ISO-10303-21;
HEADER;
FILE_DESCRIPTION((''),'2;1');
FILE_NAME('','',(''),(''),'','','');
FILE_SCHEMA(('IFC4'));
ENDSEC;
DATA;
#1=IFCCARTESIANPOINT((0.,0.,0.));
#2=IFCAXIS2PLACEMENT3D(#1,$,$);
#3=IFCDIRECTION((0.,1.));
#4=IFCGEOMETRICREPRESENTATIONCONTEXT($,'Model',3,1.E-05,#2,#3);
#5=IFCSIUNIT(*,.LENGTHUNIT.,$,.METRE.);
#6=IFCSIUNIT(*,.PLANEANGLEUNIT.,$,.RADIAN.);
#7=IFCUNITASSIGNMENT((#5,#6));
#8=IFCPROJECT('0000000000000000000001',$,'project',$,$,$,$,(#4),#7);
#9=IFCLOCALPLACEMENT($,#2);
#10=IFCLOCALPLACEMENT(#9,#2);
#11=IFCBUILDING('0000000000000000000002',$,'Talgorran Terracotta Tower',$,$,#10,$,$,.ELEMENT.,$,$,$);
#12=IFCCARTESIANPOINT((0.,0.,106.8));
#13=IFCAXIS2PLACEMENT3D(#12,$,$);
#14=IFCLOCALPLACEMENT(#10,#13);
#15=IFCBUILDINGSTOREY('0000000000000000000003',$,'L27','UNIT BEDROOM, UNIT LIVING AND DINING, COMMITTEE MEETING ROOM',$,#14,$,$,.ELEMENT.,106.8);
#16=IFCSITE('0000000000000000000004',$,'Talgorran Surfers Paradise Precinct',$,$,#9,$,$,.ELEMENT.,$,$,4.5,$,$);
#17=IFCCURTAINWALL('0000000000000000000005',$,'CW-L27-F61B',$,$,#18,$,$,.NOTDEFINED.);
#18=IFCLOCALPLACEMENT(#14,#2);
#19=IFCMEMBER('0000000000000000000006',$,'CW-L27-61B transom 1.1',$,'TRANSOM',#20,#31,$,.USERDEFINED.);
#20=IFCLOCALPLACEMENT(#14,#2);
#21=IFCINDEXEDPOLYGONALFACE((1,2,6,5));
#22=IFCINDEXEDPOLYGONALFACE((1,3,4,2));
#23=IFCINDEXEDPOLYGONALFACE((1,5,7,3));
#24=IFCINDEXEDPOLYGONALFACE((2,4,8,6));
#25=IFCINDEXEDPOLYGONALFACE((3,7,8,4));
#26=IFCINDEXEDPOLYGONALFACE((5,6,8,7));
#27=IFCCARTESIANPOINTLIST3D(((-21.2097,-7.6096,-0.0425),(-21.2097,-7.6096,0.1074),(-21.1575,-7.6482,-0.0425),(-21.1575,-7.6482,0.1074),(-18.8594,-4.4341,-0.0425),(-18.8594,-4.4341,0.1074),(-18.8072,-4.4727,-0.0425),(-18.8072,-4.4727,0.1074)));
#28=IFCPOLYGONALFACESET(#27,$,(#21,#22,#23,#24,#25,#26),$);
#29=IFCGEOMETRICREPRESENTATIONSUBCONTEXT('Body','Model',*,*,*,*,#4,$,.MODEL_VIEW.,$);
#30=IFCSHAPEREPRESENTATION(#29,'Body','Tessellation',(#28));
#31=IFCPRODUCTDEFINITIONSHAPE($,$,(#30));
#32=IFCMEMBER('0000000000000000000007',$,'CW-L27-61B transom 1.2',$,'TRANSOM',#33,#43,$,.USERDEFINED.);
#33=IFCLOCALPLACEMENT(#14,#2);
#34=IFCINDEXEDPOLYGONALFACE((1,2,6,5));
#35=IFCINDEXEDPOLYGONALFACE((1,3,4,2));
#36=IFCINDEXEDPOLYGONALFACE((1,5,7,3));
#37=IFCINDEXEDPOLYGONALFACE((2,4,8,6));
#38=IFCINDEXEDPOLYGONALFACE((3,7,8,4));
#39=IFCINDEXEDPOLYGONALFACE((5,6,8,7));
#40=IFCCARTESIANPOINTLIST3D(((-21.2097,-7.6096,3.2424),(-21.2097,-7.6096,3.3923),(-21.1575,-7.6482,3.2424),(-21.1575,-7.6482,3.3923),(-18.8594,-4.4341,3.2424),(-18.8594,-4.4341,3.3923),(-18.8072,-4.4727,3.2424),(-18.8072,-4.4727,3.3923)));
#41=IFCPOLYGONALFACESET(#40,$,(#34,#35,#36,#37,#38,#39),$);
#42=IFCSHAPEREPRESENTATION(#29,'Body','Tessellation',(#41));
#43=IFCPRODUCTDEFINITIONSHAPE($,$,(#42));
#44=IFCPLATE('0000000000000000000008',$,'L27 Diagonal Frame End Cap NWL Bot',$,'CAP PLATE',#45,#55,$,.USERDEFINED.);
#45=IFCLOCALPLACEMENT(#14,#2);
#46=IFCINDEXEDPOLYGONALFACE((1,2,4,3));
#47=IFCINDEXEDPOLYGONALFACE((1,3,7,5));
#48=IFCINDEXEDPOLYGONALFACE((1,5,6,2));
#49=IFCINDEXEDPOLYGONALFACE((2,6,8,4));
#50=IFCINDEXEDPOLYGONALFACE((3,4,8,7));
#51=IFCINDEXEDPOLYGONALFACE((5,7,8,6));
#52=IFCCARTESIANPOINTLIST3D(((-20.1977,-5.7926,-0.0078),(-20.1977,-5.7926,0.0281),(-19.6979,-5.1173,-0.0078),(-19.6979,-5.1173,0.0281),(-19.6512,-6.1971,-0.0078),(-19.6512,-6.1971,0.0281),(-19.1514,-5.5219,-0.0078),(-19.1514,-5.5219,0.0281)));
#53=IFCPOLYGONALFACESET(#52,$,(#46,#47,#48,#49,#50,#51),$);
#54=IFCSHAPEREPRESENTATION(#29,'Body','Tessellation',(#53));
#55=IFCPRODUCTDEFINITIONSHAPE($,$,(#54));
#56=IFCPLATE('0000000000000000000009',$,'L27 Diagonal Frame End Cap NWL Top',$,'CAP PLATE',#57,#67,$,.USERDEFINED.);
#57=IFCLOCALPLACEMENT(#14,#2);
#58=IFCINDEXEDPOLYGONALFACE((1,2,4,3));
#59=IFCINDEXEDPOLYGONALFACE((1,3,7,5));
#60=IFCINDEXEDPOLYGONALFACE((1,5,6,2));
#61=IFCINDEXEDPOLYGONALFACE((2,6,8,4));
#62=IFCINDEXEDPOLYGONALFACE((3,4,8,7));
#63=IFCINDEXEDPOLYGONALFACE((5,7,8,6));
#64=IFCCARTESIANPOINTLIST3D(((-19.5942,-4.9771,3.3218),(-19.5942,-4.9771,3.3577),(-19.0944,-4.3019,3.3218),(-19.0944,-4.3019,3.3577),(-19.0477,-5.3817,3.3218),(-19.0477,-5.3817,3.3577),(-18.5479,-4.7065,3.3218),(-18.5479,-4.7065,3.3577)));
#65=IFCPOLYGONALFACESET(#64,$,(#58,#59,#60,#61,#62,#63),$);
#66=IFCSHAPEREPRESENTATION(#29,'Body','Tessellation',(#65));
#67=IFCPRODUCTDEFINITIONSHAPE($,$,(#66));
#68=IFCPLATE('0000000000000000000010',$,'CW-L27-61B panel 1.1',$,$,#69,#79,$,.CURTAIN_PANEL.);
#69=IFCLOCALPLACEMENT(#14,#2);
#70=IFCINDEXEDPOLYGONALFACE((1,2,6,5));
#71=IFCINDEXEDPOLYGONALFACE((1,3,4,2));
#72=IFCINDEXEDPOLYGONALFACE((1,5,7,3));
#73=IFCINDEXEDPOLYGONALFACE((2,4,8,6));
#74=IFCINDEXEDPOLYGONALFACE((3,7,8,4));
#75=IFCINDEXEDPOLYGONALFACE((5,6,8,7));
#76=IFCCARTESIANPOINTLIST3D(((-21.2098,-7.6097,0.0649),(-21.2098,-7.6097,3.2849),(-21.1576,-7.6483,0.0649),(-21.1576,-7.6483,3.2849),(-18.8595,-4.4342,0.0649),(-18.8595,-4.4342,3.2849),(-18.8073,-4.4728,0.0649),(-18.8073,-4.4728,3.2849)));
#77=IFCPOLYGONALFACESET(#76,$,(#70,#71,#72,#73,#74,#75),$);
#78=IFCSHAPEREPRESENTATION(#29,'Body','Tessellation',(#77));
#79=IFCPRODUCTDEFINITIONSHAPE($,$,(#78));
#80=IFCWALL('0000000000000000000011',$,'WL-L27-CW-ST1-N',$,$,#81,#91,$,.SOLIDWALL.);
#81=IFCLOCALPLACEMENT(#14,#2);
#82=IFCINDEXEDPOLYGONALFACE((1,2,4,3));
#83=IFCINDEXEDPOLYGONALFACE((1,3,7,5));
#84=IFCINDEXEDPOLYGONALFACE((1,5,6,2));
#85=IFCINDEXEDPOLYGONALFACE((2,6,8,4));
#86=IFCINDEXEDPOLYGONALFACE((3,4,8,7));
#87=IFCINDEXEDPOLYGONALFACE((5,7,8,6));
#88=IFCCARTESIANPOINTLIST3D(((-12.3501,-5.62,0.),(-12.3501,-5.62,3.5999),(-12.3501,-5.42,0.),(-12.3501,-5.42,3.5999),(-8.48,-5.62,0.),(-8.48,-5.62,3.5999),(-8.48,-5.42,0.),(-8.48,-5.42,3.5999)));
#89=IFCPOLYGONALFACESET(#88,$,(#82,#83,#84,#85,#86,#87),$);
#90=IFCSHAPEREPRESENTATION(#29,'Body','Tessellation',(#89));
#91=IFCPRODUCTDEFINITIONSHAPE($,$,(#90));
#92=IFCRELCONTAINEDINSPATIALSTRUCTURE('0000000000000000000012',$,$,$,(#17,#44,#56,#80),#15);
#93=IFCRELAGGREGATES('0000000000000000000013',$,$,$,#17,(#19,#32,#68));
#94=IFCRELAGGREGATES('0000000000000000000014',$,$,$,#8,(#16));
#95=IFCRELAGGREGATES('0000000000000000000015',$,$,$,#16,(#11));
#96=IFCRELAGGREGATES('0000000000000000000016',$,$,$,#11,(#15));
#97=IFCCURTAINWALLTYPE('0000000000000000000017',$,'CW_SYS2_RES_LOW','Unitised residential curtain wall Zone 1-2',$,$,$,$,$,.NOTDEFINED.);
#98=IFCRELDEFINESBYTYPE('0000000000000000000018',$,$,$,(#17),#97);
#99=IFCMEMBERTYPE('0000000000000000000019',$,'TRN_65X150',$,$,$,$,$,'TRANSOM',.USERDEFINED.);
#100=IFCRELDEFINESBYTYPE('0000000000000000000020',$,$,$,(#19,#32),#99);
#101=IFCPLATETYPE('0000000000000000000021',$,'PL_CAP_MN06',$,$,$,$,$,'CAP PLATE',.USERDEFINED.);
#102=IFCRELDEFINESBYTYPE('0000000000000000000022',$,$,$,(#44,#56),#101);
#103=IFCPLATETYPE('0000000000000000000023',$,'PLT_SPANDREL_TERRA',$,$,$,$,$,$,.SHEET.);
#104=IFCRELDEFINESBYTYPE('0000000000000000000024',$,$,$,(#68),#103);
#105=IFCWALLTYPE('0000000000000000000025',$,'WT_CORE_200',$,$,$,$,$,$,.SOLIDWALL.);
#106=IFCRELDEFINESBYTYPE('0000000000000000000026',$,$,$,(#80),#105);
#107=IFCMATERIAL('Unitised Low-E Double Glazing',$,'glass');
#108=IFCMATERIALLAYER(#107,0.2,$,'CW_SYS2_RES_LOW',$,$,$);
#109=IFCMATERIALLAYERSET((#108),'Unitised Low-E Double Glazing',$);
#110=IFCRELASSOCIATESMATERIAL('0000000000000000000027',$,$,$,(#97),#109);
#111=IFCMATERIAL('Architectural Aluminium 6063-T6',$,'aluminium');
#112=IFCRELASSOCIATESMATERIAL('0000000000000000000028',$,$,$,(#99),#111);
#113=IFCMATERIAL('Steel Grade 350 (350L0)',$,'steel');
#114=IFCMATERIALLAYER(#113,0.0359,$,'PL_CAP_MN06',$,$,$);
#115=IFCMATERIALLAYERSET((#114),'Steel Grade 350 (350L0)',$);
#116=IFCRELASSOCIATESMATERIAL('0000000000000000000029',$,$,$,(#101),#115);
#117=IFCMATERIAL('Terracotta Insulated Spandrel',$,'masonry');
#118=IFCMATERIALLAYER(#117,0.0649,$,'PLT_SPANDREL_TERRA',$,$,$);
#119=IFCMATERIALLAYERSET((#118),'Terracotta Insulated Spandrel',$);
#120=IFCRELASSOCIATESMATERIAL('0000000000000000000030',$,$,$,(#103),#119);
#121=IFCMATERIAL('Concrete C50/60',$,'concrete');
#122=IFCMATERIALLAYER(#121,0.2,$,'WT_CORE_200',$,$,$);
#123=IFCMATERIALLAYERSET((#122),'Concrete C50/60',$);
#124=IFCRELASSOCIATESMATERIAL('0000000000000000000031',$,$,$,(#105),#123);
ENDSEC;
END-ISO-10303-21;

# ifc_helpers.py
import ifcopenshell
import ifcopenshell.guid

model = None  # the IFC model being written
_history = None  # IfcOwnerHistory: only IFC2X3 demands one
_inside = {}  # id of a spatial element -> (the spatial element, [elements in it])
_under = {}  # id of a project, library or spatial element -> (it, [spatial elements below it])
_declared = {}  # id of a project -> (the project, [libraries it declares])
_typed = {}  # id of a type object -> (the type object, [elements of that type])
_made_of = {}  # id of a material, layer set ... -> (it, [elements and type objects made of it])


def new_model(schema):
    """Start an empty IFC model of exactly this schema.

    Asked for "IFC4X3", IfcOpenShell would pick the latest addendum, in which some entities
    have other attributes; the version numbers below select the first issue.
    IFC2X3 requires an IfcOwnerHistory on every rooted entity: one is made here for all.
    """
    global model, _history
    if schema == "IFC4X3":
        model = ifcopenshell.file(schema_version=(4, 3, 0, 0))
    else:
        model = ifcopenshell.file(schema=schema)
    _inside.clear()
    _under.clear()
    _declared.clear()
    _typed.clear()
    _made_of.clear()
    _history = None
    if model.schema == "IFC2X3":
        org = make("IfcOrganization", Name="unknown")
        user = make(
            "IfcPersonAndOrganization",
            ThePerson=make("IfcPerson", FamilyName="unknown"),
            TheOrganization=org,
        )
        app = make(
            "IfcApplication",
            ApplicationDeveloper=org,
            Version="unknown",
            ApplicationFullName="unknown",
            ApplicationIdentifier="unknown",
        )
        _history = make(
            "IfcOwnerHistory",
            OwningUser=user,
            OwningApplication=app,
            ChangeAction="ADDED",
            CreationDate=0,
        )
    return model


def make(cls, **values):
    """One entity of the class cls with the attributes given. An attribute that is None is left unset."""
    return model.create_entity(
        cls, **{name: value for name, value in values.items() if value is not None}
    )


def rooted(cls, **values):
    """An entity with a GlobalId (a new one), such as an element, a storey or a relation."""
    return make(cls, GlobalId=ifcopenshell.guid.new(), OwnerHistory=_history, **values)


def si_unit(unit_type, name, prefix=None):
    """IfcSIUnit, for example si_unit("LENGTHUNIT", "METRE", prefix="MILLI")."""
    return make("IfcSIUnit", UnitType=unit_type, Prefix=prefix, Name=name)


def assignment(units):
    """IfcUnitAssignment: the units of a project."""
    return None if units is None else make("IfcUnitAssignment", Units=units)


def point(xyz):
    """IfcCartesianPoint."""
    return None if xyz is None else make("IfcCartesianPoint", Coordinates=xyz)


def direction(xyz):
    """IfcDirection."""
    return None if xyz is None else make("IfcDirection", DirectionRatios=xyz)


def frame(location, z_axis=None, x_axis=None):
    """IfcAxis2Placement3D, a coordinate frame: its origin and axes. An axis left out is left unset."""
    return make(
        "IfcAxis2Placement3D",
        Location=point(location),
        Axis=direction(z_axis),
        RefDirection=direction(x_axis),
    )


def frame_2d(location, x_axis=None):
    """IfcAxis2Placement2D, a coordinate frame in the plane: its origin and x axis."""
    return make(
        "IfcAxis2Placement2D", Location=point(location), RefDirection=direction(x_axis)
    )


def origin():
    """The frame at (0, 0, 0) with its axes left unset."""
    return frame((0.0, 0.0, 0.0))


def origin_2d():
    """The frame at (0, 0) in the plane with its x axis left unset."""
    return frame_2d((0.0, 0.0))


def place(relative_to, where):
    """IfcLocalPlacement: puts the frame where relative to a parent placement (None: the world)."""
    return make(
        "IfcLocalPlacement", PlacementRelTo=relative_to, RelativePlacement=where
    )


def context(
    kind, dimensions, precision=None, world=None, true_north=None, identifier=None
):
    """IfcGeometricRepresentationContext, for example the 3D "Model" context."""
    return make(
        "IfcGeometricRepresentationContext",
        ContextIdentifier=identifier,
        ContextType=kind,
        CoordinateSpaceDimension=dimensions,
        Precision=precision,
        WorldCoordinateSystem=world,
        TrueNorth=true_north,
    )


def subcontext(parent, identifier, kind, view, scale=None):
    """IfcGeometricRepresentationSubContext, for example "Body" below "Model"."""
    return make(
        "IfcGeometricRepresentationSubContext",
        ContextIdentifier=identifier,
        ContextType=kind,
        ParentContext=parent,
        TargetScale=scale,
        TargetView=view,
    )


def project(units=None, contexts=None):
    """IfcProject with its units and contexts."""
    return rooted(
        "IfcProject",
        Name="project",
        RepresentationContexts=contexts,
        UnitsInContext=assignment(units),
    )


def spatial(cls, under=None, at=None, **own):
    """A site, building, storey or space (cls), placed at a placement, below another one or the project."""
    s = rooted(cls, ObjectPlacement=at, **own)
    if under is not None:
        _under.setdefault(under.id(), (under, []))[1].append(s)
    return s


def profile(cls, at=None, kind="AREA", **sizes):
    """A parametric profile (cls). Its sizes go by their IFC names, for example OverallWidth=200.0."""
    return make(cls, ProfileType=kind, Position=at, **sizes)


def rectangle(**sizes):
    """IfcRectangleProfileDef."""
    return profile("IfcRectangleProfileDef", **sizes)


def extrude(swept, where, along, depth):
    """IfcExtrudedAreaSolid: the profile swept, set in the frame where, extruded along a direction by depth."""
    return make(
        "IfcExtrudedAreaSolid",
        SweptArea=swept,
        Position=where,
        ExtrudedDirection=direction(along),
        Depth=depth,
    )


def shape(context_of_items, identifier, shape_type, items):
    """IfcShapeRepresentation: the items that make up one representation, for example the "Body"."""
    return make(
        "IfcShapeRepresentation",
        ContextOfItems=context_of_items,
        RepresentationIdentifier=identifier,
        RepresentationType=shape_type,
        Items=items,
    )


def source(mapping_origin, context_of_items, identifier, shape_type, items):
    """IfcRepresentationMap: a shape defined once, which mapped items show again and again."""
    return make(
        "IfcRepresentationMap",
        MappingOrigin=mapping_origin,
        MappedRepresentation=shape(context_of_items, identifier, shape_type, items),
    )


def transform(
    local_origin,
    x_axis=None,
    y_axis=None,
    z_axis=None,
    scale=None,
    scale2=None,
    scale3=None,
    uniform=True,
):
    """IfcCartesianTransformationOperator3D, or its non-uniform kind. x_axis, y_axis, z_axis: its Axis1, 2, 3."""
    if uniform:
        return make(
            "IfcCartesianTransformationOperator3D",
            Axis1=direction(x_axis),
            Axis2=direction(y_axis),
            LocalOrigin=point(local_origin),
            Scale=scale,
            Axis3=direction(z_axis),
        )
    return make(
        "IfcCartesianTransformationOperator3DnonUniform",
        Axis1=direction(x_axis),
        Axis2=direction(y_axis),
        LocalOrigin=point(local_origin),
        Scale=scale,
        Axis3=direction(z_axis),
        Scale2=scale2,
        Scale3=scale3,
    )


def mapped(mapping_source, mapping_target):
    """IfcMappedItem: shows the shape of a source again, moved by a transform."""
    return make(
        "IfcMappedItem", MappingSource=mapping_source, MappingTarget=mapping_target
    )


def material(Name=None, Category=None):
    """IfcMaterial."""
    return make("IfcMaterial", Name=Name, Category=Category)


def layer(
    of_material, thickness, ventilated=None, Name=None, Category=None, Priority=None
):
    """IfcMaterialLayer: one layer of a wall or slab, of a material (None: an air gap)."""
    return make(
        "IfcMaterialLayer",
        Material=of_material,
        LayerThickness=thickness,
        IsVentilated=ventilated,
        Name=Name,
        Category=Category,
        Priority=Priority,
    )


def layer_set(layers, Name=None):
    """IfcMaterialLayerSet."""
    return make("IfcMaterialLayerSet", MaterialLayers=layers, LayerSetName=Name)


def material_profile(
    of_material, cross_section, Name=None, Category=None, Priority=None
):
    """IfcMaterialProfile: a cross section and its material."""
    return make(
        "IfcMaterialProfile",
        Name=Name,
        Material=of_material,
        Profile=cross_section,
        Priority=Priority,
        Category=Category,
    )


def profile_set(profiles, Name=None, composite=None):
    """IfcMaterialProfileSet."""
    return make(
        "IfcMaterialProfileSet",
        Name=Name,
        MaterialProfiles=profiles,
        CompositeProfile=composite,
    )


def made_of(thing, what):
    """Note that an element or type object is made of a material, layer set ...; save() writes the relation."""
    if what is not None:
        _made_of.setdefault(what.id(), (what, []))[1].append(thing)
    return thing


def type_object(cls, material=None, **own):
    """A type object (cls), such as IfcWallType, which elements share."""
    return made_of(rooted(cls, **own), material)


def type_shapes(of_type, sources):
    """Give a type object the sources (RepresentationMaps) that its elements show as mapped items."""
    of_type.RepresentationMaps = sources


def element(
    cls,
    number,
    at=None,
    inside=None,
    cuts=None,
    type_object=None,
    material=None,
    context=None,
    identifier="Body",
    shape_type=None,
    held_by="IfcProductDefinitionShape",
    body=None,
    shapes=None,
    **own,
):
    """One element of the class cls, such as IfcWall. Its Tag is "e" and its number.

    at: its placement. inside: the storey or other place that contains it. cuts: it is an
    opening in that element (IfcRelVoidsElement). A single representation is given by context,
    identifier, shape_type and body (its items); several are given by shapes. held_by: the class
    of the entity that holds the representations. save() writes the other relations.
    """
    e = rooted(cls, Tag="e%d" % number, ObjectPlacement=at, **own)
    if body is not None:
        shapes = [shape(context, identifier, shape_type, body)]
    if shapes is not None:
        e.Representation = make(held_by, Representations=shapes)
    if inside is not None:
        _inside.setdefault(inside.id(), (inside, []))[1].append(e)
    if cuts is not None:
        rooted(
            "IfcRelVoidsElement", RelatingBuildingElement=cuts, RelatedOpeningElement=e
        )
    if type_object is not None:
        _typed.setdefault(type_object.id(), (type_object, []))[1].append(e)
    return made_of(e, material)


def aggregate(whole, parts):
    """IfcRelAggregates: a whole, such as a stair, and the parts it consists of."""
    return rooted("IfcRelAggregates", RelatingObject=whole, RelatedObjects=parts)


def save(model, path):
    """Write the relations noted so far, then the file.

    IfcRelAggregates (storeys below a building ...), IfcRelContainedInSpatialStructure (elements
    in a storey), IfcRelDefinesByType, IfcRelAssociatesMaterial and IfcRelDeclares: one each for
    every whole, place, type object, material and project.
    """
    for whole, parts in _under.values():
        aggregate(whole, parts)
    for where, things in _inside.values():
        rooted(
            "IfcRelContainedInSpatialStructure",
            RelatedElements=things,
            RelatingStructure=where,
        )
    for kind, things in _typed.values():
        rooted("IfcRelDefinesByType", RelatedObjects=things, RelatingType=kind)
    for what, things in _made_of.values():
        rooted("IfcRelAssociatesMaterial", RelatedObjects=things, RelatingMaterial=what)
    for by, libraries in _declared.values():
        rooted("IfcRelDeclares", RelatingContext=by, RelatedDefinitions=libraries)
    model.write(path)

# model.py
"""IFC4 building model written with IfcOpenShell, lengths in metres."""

from ifc_helpers import new_model, si_unit, direction, frame, frame_2d, origin, origin_2d, place, context, subcontext, project, spatial, rectangle, extrude, source, transform, mapped, material, layer, layer_set, material_profile, profile_set, type_object, type_shapes, element, aggregate, save


model = new_model("IFC4")

# Units and contexts
model_context = context("Model", 3, precision=1e-05, world=origin(), true_north=direction((0.0, 1.0)))
body_context = subcontext(model_context, "Body", "Model", "MODEL_VIEW")
ifc_project = project(units=[si_unit("LENGTHUNIT", "METRE"), si_unit("PLANEANGLEUNIT", "RADIAN")], contexts=[model_context])

# Site, building, storey
site_placement = place(None, origin())
site = spatial("IfcSite", under=ifc_project, at=site_placement, Name="Talgorran Surfers Paradise Precinct", CompositionType="ELEMENT", RefElevation=4.5)
building_placement = place(site_placement, origin())
building = spatial("IfcBuilding", under=site, at=building_placement, Name="Talgorran Terracotta Tower", CompositionType="ELEMENT")
storey_placement = place(building_placement, frame((0.0, 0.0, 106.8)))
storey = spatial("IfcBuildingStorey", under=building, at=storey_placement, Name="L27", Description="UNIT BEDROOM, UNIT LIVING AND DINING, COMMITTEE MEETING ROOM", CompositionType="ELEMENT", Elevation=106.8)

# Shared definitions
ifc_material_1 = material(Name="Steel Grade 350 (350L0)", Category="steel")

# Shared definitions
ifc_material_2 = material(Name="Unitised Low-E Double Glazing", Category="glass")
ifc_layer_1 = layer(ifc_material_2, 0.2, Name="CW_SYS2_RES_LOW")
ifc_layer_set_1 = layer_set([ifc_layer_1], Name="Unitised Low-E Double Glazing")
curtain_wall_type = type_object("IfcCurtainWallType", Name="CW_SYS2_RES_LOW", Description="Unitised residential curtain wall Zone 1-2", PredefinedType="NOTDEFINED", material=ifc_layer_set_1)
ifc_material_3 = material(Name="Architectural Aluminium 6063-T6", Category="aluminium")

# Curtain wall, members
curtain_wall_1_placement = place(storey_placement, origin())
curtain_wall_1 = element("IfcCurtainWall", 1, at=curtain_wall_1_placement, inside=storey, type_object=curtain_wall_type, Name="CW-L27-F61B", PredefinedType="NOTDEFINED")
ifc_material_profile_1 = material_profile(ifc_material_3, rectangle(XDim=0.0649, YDim=0.1499, at=origin_2d()), Name="CWT65X150")
ifc_profile_set_1 = profile_set([ifc_material_profile_1], Name="Architectural Aluminium 6063-T6")
member_type_1 = type_object("IfcMemberType", Name="TRN_65X150", ElementType="TRANSOM", PredefinedType="USERDEFINED", material=ifc_profile_set_1)
member_1_placement = place(storey_placement, frame((-18.8333, -4.4534, 0.0325), z_axis=(-0.594916, -0.803788, 0.0), x_axis=(0.803788, -0.594916, 0.0)))
member_1 = element("IfcMember", 2, at=member_1_placement, type_object=member_type_1, Name="CW-L27-61B transom 1.1", ObjectType="TRANSOM", PredefinedType="USERDEFINED", context=body_context, shape_type="SweptSolid", body=[
    extrude(rectangle(XDim=0.0649, YDim=0.1499, at=origin_2d()), origin(), (0.0, 0.0, 1.0), 3.9507),
])
member_2_placement = place(storey_placement, frame((-18.8333, -4.4534, 3.3174), z_axis=(-0.594916, -0.803788, 0.0), x_axis=(0.803788, -0.594916, 0.0)))
member_2 = element("IfcMember", 3, at=member_2_placement, type_object=member_type_1, Name="CW-L27-61B transom 1.2", ObjectType="TRANSOM", PredefinedType="USERDEFINED", context=body_context, shape_type="SweptSolid", body=[
    extrude(rectangle(XDim=0.0649, YDim=0.1499, at=origin_2d()), origin(), (0.0, 0.0, 1.0), 3.9507),
])

# Plates
ifc_layer_2 = layer(ifc_material_1, 0.0359, Name="PL_CAP_MN06")
ifc_layer_set_2 = layer_set([ifc_layer_2], Name="Steel Grade 350 (350L0)")
plate_type_1 = type_object("IfcPlateType", Name="PL_CAP_MN06", ElementType="CAP PLATE", PredefinedType="USERDEFINED", material=ifc_layer_set_2)
for number, where, z_axis, x_axis, name in (
    (4, (-19.6746, -5.6572, -0.0078), (0.0, 0.0, 1.0), (0.594963, 0.803753, 0.0), "L27 Diagonal Frame End Cap NWL Bot"),
    (5, (-19.071, -4.8418, 3.3218), (0.0, 0.0, 1.0), (0.594963, 0.803753, 0.0), "L27 Diagonal Frame End Cap NWL Top"),
):
    element("IfcPlate", number, at=place(storey_placement, frame(where, z_axis=z_axis, x_axis=x_axis)), inside=storey, type_object=plate_type_1, Name=name, ObjectType="CAP PLATE", PredefinedType="USERDEFINED", context=body_context, shape_type="SweptSolid", body=[
        extrude(rectangle(XDim=0.8401, YDim=0.6799, at=origin_2d()), origin(), (0.0, 0.0, 1.0), 0.0359),
    ])

# Plate
ifc_material_4 = material(Name="Terracotta Insulated Spandrel", Category="masonry")
ifc_layer_3 = layer(ifc_material_4, 0.0649, Name="PLT_SPANDREL_TERRA")
ifc_layer_set_3 = layer_set([ifc_layer_3], Name="Terracotta Insulated Spandrel")
plate_type_2 = type_object("IfcPlateType", Name="PLT_SPANDREL_TERRA", PredefinedType="SHEET", material=ifc_layer_set_3)
shared_shape = source(origin(), body_context, "Body", "SweptSolid", [
    extrude(rectangle(XDim=3.9507, YDim=0.0649, at=origin_2d()), origin(), (0.0, 0.0, 1.0), 3.22),
])
type_shapes(plate_type_2, [shared_shape])
plate_placement = place(storey_placement, frame((-20.0085, -6.0413, 0.0649), z_axis=(0.0, 0.0, 1.0), x_axis=(-0.594922, -0.803783, 0.0)))
plate = element("IfcPlate", 6, at=plate_placement, type_object=plate_type_2, Name="CW-L27-61B panel 1.1", PredefinedType="CURTAIN_PANEL", context=body_context, shape_type="MappedRepresentation", body=[
    mapped(shared_shape, transform((0.0, 0.0, 0.0), scale=1.0)),
])
aggregate(curtain_wall_1, [member_1, member_2, plate])

# Wall
ifc_material_5 = material(Name="Concrete C50/60", Category="concrete")
ifc_layer_4 = layer(ifc_material_5, 0.2, Name="WT_CORE_200")
ifc_layer_set_4 = layer_set([ifc_layer_4], Name="Concrete C50/60")
wall_type_1 = type_object("IfcWallType", Name="WT_CORE_200", PredefinedType="SOLIDWALL", material=ifc_layer_set_4)
wall_1_placement = place(storey_placement, frame((-12.3501, -5.52, 0.0), z_axis=(0.0, 0.0, 1.0), x_axis=(1.0, 0.0, 0.0)))
element("IfcWall", 7, at=wall_1_placement, inside=storey, type_object=wall_type_1, Name="WL-L27-CW-ST1-N", PredefinedType="SOLIDWALL", context=body_context, shape_type="SweptSolid", body=[
    extrude(rectangle(XDim=3.8701, YDim=0.2, at=frame_2d((1.9351, 0.0))), origin(), (0.0, 0.0, 1.0), 3.5999),
])

save(model, "model.ifc")
